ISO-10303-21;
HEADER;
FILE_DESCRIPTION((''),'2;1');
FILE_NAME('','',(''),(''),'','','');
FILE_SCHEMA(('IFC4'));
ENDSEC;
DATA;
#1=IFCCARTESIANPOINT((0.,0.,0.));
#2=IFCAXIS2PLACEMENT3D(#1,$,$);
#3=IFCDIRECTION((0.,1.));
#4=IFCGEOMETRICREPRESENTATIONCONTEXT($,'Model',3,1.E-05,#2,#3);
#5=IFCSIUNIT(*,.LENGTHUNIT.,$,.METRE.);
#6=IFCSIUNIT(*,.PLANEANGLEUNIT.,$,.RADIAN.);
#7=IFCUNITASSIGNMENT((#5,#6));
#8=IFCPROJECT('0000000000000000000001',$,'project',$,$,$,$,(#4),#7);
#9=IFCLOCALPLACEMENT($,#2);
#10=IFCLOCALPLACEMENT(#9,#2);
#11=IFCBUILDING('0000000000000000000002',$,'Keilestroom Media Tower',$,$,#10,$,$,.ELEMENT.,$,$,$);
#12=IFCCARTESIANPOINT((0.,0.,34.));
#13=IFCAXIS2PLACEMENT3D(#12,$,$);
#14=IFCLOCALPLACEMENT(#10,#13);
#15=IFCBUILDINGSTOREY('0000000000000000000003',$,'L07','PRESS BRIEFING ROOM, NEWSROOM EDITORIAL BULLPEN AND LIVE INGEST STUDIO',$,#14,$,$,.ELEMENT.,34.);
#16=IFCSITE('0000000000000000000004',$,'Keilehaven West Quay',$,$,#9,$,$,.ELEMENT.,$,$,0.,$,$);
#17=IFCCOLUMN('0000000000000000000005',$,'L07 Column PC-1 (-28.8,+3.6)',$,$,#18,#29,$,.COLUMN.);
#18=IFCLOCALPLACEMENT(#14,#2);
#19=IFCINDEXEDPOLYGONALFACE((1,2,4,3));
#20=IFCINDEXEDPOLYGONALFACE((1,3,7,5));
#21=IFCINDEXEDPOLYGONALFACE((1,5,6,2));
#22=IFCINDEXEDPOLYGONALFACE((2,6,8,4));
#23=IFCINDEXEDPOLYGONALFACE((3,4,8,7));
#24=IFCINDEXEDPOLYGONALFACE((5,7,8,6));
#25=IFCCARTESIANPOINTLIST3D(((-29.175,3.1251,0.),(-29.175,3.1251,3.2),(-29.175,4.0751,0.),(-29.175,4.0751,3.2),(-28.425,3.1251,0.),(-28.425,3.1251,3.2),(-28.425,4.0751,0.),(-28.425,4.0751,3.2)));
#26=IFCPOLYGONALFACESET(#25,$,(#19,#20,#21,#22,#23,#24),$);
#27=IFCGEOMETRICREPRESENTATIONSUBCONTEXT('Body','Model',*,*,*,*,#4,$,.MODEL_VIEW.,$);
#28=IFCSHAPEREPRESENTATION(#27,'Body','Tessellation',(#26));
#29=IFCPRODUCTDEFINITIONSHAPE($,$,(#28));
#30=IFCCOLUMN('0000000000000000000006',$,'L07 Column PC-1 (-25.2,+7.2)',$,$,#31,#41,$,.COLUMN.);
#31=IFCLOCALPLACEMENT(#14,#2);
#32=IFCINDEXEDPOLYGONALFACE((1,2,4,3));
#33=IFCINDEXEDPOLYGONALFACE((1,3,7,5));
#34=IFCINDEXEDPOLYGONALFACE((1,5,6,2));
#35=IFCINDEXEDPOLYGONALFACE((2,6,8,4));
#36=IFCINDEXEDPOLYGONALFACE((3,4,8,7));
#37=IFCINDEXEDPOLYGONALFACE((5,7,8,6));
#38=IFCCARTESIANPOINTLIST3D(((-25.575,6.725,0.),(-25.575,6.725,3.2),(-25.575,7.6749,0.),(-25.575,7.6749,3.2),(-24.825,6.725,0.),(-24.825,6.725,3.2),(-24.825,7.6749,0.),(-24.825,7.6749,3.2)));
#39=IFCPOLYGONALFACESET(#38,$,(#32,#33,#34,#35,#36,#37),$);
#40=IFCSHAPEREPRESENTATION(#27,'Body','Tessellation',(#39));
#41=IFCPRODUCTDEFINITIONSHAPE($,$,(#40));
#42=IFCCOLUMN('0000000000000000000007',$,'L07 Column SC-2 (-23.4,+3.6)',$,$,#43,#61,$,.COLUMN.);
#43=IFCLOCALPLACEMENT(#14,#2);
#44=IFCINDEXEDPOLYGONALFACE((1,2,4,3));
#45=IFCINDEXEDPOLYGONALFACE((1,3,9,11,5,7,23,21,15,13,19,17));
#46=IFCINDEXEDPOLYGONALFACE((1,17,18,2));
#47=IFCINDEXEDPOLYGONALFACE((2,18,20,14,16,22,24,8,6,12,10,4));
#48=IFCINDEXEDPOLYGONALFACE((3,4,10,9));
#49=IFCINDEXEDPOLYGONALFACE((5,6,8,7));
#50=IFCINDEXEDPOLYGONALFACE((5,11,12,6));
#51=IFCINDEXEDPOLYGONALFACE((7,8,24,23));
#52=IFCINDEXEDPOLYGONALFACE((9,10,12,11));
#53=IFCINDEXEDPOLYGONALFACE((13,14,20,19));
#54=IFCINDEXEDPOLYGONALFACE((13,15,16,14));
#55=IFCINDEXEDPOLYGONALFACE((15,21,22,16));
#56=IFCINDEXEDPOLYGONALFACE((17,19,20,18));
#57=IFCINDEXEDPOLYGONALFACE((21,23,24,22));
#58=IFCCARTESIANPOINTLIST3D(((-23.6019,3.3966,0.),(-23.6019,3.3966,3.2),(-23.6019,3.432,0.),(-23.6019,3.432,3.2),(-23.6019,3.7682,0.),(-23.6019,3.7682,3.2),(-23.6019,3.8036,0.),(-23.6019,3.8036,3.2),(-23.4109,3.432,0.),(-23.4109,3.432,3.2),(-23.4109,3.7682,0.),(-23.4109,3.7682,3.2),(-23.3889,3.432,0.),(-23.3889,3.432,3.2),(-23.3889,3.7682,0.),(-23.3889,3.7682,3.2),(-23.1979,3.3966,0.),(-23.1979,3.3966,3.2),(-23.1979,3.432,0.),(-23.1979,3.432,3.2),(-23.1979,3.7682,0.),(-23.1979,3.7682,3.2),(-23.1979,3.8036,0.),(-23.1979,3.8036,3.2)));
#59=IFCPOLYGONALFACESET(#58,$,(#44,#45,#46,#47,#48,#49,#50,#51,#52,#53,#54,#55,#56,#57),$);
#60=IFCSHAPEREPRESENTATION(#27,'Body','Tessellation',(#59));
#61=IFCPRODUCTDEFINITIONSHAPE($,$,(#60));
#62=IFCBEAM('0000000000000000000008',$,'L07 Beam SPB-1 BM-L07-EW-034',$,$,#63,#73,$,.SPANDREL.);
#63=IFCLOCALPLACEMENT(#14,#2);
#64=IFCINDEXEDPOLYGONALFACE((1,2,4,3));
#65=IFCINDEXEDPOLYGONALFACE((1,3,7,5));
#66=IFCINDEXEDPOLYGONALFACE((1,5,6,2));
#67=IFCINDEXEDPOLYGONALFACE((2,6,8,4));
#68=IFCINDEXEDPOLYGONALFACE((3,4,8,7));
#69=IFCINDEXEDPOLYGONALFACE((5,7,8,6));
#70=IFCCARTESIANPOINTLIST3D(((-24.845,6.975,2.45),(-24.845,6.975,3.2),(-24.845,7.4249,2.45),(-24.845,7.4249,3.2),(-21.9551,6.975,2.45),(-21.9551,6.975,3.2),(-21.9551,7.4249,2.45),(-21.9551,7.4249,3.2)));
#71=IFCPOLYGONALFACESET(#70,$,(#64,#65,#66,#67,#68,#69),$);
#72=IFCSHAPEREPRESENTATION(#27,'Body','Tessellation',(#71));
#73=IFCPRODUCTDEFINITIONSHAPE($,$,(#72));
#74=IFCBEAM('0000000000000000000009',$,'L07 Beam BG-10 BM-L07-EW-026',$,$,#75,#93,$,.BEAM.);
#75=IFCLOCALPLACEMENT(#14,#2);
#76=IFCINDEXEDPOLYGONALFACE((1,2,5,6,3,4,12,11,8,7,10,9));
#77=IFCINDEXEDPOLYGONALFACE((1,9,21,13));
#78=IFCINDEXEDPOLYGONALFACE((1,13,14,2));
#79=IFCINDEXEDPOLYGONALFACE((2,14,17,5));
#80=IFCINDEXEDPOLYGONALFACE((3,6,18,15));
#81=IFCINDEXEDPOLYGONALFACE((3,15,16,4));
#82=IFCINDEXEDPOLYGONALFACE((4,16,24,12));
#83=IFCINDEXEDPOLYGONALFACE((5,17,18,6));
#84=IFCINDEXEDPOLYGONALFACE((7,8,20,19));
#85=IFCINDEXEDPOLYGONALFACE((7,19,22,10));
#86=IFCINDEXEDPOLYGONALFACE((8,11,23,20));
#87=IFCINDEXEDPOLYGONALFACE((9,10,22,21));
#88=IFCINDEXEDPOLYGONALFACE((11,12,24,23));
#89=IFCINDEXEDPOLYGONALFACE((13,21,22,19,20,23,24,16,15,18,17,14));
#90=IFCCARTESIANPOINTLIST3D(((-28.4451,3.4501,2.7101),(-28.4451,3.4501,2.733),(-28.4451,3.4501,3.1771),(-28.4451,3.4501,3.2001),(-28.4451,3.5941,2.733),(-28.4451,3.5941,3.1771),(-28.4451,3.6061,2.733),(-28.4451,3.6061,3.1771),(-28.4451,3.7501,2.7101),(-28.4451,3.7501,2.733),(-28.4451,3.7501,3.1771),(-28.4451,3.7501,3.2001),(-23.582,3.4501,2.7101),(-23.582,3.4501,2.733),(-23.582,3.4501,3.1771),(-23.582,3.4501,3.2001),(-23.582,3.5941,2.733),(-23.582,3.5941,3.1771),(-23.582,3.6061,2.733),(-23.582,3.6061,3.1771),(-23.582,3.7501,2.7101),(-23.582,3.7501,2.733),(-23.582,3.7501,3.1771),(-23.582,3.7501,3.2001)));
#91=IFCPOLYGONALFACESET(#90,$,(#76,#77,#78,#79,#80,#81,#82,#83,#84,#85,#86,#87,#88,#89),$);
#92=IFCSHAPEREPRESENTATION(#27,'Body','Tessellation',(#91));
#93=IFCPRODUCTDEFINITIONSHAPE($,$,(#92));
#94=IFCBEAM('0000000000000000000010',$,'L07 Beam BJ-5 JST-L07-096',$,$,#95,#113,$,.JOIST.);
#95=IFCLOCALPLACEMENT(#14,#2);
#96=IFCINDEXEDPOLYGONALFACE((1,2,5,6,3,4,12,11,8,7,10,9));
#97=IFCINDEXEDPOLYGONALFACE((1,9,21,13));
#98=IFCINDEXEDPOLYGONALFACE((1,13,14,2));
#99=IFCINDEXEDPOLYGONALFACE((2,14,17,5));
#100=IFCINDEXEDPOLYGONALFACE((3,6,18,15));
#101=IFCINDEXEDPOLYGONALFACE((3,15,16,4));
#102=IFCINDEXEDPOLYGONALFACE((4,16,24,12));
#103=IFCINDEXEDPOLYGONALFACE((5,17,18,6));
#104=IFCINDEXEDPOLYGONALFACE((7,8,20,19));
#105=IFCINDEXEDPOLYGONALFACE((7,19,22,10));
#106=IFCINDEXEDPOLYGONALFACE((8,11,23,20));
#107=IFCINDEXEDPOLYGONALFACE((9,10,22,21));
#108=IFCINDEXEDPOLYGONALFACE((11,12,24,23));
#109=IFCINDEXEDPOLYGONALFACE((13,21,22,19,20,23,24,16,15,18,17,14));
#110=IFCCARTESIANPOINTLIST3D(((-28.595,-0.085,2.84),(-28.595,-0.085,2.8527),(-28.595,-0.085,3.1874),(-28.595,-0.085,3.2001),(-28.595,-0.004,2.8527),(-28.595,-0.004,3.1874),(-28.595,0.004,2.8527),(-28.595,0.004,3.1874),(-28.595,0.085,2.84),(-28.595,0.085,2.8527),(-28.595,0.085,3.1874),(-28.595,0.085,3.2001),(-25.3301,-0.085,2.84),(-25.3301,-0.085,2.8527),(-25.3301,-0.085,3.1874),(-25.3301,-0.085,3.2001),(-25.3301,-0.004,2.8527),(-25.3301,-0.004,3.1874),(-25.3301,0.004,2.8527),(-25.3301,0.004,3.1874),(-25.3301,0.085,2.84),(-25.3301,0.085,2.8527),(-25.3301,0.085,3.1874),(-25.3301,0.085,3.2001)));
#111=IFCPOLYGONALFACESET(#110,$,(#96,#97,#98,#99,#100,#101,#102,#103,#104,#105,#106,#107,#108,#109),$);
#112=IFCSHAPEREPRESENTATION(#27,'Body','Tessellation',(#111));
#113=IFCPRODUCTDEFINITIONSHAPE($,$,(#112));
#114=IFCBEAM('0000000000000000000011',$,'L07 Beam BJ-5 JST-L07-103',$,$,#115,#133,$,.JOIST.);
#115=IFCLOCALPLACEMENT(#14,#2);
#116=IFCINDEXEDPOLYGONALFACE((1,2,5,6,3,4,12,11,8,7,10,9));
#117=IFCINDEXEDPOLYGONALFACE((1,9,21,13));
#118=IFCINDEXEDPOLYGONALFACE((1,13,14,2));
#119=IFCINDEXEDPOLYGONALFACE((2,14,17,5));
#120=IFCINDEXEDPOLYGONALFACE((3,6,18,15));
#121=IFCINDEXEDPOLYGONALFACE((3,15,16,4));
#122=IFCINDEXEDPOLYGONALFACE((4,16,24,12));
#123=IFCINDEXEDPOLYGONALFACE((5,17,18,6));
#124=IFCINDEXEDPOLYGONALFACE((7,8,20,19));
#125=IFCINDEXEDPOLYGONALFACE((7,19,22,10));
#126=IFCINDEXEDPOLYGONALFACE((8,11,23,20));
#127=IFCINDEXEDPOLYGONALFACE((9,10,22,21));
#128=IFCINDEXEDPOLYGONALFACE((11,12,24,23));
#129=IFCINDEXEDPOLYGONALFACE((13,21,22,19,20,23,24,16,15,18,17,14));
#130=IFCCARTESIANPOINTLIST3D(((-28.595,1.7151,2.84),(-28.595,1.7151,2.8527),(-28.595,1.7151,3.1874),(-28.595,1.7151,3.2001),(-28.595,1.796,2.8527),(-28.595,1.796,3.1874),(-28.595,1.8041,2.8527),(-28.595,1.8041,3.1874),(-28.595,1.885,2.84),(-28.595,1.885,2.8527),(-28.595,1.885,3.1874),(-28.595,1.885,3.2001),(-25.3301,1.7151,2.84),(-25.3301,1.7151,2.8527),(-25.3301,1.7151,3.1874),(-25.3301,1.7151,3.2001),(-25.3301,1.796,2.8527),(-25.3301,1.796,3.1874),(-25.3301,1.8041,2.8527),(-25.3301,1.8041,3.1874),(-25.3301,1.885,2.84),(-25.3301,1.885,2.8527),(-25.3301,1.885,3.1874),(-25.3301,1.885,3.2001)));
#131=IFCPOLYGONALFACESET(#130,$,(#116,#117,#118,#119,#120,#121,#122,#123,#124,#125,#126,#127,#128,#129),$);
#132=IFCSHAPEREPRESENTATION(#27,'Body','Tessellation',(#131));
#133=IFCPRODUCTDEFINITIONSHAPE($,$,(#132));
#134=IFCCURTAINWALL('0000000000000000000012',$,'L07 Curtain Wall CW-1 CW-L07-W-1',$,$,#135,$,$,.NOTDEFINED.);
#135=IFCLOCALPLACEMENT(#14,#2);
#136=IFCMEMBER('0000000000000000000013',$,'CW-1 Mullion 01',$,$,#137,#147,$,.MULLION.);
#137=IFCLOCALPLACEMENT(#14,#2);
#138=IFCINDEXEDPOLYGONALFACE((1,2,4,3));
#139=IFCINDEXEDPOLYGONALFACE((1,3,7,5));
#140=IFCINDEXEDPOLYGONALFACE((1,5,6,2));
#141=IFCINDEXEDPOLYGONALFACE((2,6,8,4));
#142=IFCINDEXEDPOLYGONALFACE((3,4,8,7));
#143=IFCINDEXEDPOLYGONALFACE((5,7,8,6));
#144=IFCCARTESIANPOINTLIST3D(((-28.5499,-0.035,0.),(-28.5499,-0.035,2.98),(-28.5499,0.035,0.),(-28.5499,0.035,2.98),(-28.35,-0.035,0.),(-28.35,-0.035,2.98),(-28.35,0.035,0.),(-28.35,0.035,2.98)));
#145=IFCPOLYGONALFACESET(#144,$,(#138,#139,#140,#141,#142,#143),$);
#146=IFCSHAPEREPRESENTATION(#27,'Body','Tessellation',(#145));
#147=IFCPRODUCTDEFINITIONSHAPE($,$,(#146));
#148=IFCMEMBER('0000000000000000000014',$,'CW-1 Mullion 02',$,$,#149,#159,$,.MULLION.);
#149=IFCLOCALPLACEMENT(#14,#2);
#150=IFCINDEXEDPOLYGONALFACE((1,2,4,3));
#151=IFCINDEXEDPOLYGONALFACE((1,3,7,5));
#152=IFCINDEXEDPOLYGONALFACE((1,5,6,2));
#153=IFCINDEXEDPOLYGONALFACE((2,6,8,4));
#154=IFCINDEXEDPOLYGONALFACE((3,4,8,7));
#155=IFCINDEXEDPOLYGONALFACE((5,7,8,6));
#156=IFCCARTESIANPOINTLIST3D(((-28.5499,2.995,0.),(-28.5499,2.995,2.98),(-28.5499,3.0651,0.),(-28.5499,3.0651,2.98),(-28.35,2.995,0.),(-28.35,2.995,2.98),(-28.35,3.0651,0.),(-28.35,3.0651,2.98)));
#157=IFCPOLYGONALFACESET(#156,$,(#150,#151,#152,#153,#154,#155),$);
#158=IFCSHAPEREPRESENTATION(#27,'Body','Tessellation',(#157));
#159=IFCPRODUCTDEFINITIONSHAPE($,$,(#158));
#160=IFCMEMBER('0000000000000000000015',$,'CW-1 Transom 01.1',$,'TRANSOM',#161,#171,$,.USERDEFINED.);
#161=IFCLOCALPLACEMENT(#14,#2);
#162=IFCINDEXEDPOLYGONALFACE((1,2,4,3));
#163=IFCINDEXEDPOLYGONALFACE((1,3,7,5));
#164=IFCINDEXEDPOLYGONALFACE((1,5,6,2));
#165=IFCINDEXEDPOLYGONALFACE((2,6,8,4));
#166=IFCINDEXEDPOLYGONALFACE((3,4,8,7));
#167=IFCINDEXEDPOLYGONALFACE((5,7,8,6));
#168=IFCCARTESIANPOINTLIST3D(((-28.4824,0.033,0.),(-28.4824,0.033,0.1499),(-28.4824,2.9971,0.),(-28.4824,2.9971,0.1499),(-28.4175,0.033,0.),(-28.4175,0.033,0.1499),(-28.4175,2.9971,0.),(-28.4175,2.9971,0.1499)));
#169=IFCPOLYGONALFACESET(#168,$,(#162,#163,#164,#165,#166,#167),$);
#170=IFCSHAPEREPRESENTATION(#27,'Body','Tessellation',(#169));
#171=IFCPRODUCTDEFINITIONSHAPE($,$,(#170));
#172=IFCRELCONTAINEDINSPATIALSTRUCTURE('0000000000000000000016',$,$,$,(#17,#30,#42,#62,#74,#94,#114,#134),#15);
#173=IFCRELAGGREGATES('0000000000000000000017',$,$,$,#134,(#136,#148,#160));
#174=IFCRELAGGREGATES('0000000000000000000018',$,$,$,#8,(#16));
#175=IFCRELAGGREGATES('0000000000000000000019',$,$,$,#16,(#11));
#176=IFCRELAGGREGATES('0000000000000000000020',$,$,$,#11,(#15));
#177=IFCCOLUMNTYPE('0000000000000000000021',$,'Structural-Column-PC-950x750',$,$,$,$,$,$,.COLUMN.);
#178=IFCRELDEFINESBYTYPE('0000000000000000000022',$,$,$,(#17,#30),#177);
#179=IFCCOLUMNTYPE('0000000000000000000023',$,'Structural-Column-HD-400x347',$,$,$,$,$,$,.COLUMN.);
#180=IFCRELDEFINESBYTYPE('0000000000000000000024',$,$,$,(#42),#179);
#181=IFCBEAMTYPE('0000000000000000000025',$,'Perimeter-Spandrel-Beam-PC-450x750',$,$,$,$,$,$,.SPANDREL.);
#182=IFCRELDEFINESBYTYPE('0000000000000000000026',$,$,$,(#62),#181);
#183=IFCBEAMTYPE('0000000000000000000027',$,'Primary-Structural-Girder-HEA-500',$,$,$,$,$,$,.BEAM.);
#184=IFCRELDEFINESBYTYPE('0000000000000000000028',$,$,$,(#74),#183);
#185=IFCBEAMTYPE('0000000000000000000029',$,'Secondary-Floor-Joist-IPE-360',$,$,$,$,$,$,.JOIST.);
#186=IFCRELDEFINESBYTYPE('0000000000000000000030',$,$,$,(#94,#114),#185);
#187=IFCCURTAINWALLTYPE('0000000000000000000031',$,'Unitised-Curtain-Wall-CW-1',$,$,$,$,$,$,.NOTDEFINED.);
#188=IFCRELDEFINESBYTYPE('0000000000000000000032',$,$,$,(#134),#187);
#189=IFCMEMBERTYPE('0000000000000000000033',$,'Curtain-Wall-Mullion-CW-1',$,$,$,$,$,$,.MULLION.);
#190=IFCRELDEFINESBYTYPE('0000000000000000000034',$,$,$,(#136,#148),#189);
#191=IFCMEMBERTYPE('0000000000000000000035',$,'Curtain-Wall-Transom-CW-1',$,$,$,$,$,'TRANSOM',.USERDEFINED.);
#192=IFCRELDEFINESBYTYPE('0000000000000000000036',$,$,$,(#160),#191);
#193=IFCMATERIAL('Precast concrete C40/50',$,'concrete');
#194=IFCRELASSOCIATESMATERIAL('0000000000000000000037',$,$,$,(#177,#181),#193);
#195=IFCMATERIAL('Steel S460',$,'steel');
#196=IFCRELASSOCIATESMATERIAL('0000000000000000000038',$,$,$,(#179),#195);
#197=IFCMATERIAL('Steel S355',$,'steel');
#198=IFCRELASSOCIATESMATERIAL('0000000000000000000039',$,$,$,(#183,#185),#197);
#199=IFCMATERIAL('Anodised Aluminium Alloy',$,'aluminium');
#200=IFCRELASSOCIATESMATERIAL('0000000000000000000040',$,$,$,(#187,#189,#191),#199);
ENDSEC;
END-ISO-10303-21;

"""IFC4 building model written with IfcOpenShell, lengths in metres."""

from ifc_helpers import new_model, si_unit, direction, frame, origin, origin_2d, place, context, subcontext, project, spatial, rectangle, i_section, extrude, source, transform, mapped, material, material_profile, profile_set, type_object, element, aggregate, save


model = new_model("IFC4")

# Units and contexts
model_context = context("Model", 3, precision=1e-05, world=origin(), true_north=direction((0.0, 1.0)))
body_context = subcontext(model_context, "Body", "Model", "MODEL_VIEW")
ifc_project = project(units=[si_unit("LENGTHUNIT", "METRE"), si_unit("PLANEANGLEUNIT", "RADIAN")], contexts=[model_context])

# Site, building, storey
site_placement = place(None, origin())
site = spatial("IfcSite", under=ifc_project, at=site_placement, Name="Keilehaven West Quay", CompositionType="ELEMENT", RefElevation=0.0)
building_placement = place(site_placement, origin())
building = spatial("IfcBuilding", under=site, at=building_placement, Name="Keilestroom Media Tower", CompositionType="ELEMENT")
storey_placement = place(building_placement, frame((0.0, 0.0, 34.0)))
storey = spatial("IfcBuildingStorey", under=building, at=storey_placement, Name="L07", Description="PRESS BRIEFING ROOM, NEWSROOM EDITORIAL BULLPEN AND LIVE INGEST STUDIO", CompositionType="ELEMENT", Elevation=34.0)

# Columns
ifc_material_1 = material(Name="Precast concrete C40/50", Category="concrete")
ifc_material_profile_1 = material_profile(ifc_material_1, rectangle(XDim=0.75, YDim=0.95, at=origin_2d()), Name="PC 950x750")
ifc_profile_set_1 = profile_set([ifc_material_profile_1], Name="Precast concrete C40/50")
column_type_1 = type_object("IfcColumnType", Name="Structural-Column-PC-950x750", PredefinedType="COLUMN", material=ifc_profile_set_1)
shared_shape_1 = source(origin(), body_context, "Body", "SweptSolid", [
    extrude(rectangle(XDim=0.75, YDim=0.95, at=origin_2d()), origin(), (0.0, 0.0, 1.0), 3.2),
])
for number, where, z_axis, x_axis, name in (
    (1, (-28.8, 3.6001, 0.0), (0.0, 0.0, 1.0), (1.0, 0.0, 0.0), "L07 Column PC-1 (-28.8,+3.6)"),
    (2, (-25.2, 7.2, 0.0), (0.0, 0.0, 1.0), (1.0, 0.0, 0.0), "L07 Column PC-1 (-25.2,+7.2)"),
):
    element("IfcColumn", number, at=place(storey_placement, frame(where, z_axis=z_axis, x_axis=x_axis)), inside=storey, type_object=column_type_1, Name=name, PredefinedType="COLUMN", context=body_context, shape_type="MappedRepresentation", body=[
        mapped(shared_shape_1, transform((0.0, 0.0, 0.0), x_axis=(1.0, 0.0, 0.0), y_axis=(0.0, 1.0, 0.0), z_axis=(0.0, 0.0, 1.0), scale=1.0)),
    ])
ifc_material_2 = material(Name="Steel S460", Category="steel")
ifc_material_profile_2 = material_profile(ifc_material_2, i_section(OverallWidth=0.4041, OverallDepth=0.407, WebThickness=0.022, FlangeThickness=0.0354, at=origin_2d()), Name="HD 400x347")
ifc_profile_set_2 = profile_set([ifc_material_profile_2], Name="Steel S460")
column_type_2 = type_object("IfcColumnType", Name="Structural-Column-HD-400x347", PredefinedType="COLUMN", material=ifc_profile_set_2)
shared_shape_2 = source(origin(), body_context, "Body", "SweptSolid", [
    extrude(i_section(OverallWidth=0.4041, OverallDepth=0.407, WebThickness=0.022, FlangeThickness=0.0354, at=origin_2d()), origin(), (0.0, 0.0, 1.0), 3.2),
])
column_placement = place(storey_placement, frame((-23.3999, 3.6001, 0.0), z_axis=(0.0, 0.0, 1.0), x_axis=(1.0, 0.0, 0.0)))
element("IfcColumn", 3, at=column_placement, inside=storey, type_object=column_type_2, Name="L07 Column SC-2 (-23.4,+3.6)", PredefinedType="COLUMN", context=body_context, shape_type="MappedRepresentation", body=[
    mapped(shared_shape_2, transform((0.0, 0.0, 0.0), x_axis=(1.0, 0.0, 0.0), y_axis=(0.0, 1.0, 0.0), z_axis=(0.0, 0.0, 1.0), scale=1.0)),
])

# Beams
ifc_material_profile_3 = material_profile(ifc_material_1, rectangle(XDim=0.45, YDim=0.75, at=origin_2d()), Name="PC 450x750")
ifc_profile_set_3 = profile_set([ifc_material_profile_3], Name="Precast concrete C40/50")
beam_type_1 = type_object("IfcBeamType", Name="Perimeter-Spandrel-Beam-PC-450x750", PredefinedType="SPANDREL", material=ifc_profile_set_3)
shared_shape_3 = source(origin(), body_context, "Body", "SweptSolid", [
    extrude(rectangle(XDim=0.45, YDim=0.75, at=origin_2d()), origin(), (0.0, 0.0, 1.0), 2.8899),
])
beam_1_placement = place(storey_placement, frame((-24.845, 7.2, 2.825), z_axis=(1.0, 0.0, 0.0), x_axis=(0.0, 1.0, 0.0)))
element("IfcBeam", 4, at=beam_1_placement, inside=storey, type_object=beam_type_1, Name="L07 Beam SPB-1 BM-L07-EW-034", PredefinedType="SPANDREL", context=body_context, shape_type="MappedRepresentation", body=[
    mapped(shared_shape_3, transform((0.0, 0.0, 0.0), x_axis=(1.0, 0.0, 0.0), y_axis=(0.0, 1.0, 0.0), z_axis=(0.0, 0.0, 1.0), scale=1.0)),
])
ifc_material_3 = material(Name="Steel S355", Category="steel")
ifc_material_profile_4 = material_profile(ifc_material_3, i_section(OverallWidth=0.3, OverallDepth=0.49, WebThickness=0.012, FlangeThickness=0.0229, at=origin_2d()), Name="HEA 500")
ifc_profile_set_4 = profile_set([ifc_material_profile_4], Name="Steel S355")
beam_type_2 = type_object("IfcBeamType", Name="Primary-Structural-Girder-HEA-500", PredefinedType="BEAM", material=ifc_profile_set_4)
shared_shape_4 = source(origin(), body_context, "Body", "SweptSolid", [
    extrude(i_section(OverallWidth=0.3, OverallDepth=0.49, WebThickness=0.012, FlangeThickness=0.0229, at=origin_2d()), origin(), (0.0, 0.0, 1.0), 4.863),
])
beam_2_placement = place(storey_placement, frame((-28.4451, 3.6001, 2.9551), z_axis=(1.0, 0.0, 0.0), x_axis=(0.0, 1.0, 0.0)))
element("IfcBeam", 5, at=beam_2_placement, inside=storey, type_object=beam_type_2, Name="L07 Beam BG-10 BM-L07-EW-026", PredefinedType="BEAM", context=body_context, shape_type="MappedRepresentation", body=[
    mapped(shared_shape_4, transform((0.0, 0.0, 0.0), x_axis=(1.0, 0.0, 0.0), y_axis=(0.0, 1.0, 0.0), z_axis=(0.0, 0.0, 1.0), scale=1.0)),
])
ifc_material_profile_5 = material_profile(ifc_material_3, i_section(OverallWidth=0.1699, OverallDepth=0.3601, WebThickness=0.0081, FlangeThickness=0.0127, at=origin_2d()), Name="IPE 360")
ifc_profile_set_5 = profile_set([ifc_material_profile_5], Name="Steel S355")
beam_type_3 = type_object("IfcBeamType", Name="Secondary-Floor-Joist-IPE-360", PredefinedType="JOIST", material=ifc_profile_set_5)
shared_shape_5 = source(origin(), body_context, "Body", "SweptSolid", [
    extrude(i_section(OverallWidth=0.1699, OverallDepth=0.3601, WebThickness=0.0081, FlangeThickness=0.0127, at=origin_2d()), origin(), (0.0, 0.0, 1.0), 3.2649),
])
for number, where, z_axis, x_axis, name in (
    (6, (-28.595, 0.0, 3.02), (1.0, 0.0, 0.0), (0.0, 1.0, 0.0), "L07 Beam BJ-5 JST-L07-096"),
    (7, (-28.595, 1.8, 3.02), (1.0, 0.0, 0.0), (0.0, 1.0, 0.0), "L07 Beam BJ-5 JST-L07-103"),
):
    element("IfcBeam", number, at=place(storey_placement, frame(where, z_axis=z_axis, x_axis=x_axis)), inside=storey, type_object=beam_type_3, Name=name, PredefinedType="JOIST", context=body_context, shape_type="MappedRepresentation", body=[
        mapped(shared_shape_5, transform((0.0, 0.0, 0.0), x_axis=(1.0, 0.0, 0.0), y_axis=(0.0, 1.0, 0.0), z_axis=(0.0, 0.0, 1.0), scale=1.0)),
    ])

# Curtain wall, members
ifc_material_4 = material(Name="Anodised Aluminium Alloy", Category="aluminium")
curtain_wall_type = type_object("IfcCurtainWallType", Name="Unitised-Curtain-Wall-CW-1", PredefinedType="NOTDEFINED", material=ifc_material_4)
curtain_wall_placement = place(storey_placement, origin())
curtain_wall = element("IfcCurtainWall", 8, at=curtain_wall_placement, inside=storey, type_object=curtain_wall_type, Name="L07 Curtain Wall CW-1 CW-L07-W-1", PredefinedType="NOTDEFINED")
ifc_material_profile_6 = material_profile(ifc_material_4, rectangle(XDim=0.0701, YDim=0.2, at=origin_2d()), Name="ALU MULLION 70x200")
ifc_profile_set_6 = profile_set([ifc_material_profile_6], Name="Anodised Aluminium Alloy")
member_type_1 = type_object("IfcMemberType", Name="Curtain-Wall-Mullion-CW-1", PredefinedType="MULLION", material=ifc_profile_set_6)
shared_shape_6 = source(origin(), body_context, "Body", "SweptSolid", [
    extrude(rectangle(XDim=0.0701, YDim=0.2, at=origin_2d()), origin(), (0.0, 0.0, 1.0), 2.98),
])
member_1_placement = place(storey_placement, frame((-28.45, 0.0, 0.0), z_axis=(0.0, 0.0, 1.0), x_axis=(0.0, 1.0, 0.0)))
member_1 = element("IfcMember", 9, at=member_1_placement, type_object=member_type_1, Name="CW-1 Mullion 01", PredefinedType="MULLION", context=body_context, shape_type="MappedRepresentation", body=[
    mapped(shared_shape_6, transform((0.0, 0.0, 0.0), x_axis=(1.0, 0.0, 0.0), y_axis=(0.0, 1.0, 0.0), z_axis=(0.0, 0.0, 1.0), scale=1.0)),
])
member_2_placement = place(storey_placement, frame((-28.45, 3.03, 0.0), z_axis=(0.0, 0.0, 1.0), x_axis=(0.0, 1.0, 0.0)))
member_2 = element("IfcMember", 10, at=member_2_placement, type_object=member_type_1, Name="CW-1 Mullion 02", PredefinedType="MULLION", context=body_context, shape_type="MappedRepresentation", body=[
    mapped(shared_shape_6, transform((0.0, 0.0, 0.0), x_axis=(1.0, 0.0, 0.0), y_axis=(0.0, 1.0, 0.0), z_axis=(0.0, 0.0, 1.0), scale=1.0)),
])
ifc_material_profile_7 = material_profile(ifc_material_4, rectangle(XDim=0.0649, YDim=0.1499, at=origin_2d()), Name="ALU TRANSOM 65x150")
ifc_profile_set_7 = profile_set([ifc_material_profile_7], Name="Anodised Aluminium Alloy")
member_type_2 = type_object("IfcMemberType", Name="Curtain-Wall-Transom-CW-1", ElementType="TRANSOM", PredefinedType="USERDEFINED", material=ifc_profile_set_7)
shared_shape_7 = source(origin(), body_context, "Body", "SweptSolid", [
    extrude(rectangle(XDim=0.0649, YDim=0.1499, at=origin_2d()), origin(), (0.0, 0.0, 1.0), 2.9641),
])
member_3_placement = place(storey_placement, frame((-28.45, 0.033, 0.075), z_axis=(0.0, 1.0, 0.0), x_axis=(-1.0, 0.0, 0.0)))
member_3 = element("IfcMember", 11, at=member_3_placement, type_object=member_type_2, Name="CW-1 Transom 01.1", ObjectType="TRANSOM", PredefinedType="USERDEFINED", context=body_context, shape_type="MappedRepresentation", body=[
    mapped(shared_shape_7, transform((0.0, 0.0, 0.0), x_axis=(1.0, 0.0, 0.0), y_axis=(0.0, 1.0, 0.0), z_axis=(0.0, 0.0, 1.0), scale=1.0)),
])
aggregate(curtain_wall, [member_1, member_2, member_3])

save(model, "model.ifc")
